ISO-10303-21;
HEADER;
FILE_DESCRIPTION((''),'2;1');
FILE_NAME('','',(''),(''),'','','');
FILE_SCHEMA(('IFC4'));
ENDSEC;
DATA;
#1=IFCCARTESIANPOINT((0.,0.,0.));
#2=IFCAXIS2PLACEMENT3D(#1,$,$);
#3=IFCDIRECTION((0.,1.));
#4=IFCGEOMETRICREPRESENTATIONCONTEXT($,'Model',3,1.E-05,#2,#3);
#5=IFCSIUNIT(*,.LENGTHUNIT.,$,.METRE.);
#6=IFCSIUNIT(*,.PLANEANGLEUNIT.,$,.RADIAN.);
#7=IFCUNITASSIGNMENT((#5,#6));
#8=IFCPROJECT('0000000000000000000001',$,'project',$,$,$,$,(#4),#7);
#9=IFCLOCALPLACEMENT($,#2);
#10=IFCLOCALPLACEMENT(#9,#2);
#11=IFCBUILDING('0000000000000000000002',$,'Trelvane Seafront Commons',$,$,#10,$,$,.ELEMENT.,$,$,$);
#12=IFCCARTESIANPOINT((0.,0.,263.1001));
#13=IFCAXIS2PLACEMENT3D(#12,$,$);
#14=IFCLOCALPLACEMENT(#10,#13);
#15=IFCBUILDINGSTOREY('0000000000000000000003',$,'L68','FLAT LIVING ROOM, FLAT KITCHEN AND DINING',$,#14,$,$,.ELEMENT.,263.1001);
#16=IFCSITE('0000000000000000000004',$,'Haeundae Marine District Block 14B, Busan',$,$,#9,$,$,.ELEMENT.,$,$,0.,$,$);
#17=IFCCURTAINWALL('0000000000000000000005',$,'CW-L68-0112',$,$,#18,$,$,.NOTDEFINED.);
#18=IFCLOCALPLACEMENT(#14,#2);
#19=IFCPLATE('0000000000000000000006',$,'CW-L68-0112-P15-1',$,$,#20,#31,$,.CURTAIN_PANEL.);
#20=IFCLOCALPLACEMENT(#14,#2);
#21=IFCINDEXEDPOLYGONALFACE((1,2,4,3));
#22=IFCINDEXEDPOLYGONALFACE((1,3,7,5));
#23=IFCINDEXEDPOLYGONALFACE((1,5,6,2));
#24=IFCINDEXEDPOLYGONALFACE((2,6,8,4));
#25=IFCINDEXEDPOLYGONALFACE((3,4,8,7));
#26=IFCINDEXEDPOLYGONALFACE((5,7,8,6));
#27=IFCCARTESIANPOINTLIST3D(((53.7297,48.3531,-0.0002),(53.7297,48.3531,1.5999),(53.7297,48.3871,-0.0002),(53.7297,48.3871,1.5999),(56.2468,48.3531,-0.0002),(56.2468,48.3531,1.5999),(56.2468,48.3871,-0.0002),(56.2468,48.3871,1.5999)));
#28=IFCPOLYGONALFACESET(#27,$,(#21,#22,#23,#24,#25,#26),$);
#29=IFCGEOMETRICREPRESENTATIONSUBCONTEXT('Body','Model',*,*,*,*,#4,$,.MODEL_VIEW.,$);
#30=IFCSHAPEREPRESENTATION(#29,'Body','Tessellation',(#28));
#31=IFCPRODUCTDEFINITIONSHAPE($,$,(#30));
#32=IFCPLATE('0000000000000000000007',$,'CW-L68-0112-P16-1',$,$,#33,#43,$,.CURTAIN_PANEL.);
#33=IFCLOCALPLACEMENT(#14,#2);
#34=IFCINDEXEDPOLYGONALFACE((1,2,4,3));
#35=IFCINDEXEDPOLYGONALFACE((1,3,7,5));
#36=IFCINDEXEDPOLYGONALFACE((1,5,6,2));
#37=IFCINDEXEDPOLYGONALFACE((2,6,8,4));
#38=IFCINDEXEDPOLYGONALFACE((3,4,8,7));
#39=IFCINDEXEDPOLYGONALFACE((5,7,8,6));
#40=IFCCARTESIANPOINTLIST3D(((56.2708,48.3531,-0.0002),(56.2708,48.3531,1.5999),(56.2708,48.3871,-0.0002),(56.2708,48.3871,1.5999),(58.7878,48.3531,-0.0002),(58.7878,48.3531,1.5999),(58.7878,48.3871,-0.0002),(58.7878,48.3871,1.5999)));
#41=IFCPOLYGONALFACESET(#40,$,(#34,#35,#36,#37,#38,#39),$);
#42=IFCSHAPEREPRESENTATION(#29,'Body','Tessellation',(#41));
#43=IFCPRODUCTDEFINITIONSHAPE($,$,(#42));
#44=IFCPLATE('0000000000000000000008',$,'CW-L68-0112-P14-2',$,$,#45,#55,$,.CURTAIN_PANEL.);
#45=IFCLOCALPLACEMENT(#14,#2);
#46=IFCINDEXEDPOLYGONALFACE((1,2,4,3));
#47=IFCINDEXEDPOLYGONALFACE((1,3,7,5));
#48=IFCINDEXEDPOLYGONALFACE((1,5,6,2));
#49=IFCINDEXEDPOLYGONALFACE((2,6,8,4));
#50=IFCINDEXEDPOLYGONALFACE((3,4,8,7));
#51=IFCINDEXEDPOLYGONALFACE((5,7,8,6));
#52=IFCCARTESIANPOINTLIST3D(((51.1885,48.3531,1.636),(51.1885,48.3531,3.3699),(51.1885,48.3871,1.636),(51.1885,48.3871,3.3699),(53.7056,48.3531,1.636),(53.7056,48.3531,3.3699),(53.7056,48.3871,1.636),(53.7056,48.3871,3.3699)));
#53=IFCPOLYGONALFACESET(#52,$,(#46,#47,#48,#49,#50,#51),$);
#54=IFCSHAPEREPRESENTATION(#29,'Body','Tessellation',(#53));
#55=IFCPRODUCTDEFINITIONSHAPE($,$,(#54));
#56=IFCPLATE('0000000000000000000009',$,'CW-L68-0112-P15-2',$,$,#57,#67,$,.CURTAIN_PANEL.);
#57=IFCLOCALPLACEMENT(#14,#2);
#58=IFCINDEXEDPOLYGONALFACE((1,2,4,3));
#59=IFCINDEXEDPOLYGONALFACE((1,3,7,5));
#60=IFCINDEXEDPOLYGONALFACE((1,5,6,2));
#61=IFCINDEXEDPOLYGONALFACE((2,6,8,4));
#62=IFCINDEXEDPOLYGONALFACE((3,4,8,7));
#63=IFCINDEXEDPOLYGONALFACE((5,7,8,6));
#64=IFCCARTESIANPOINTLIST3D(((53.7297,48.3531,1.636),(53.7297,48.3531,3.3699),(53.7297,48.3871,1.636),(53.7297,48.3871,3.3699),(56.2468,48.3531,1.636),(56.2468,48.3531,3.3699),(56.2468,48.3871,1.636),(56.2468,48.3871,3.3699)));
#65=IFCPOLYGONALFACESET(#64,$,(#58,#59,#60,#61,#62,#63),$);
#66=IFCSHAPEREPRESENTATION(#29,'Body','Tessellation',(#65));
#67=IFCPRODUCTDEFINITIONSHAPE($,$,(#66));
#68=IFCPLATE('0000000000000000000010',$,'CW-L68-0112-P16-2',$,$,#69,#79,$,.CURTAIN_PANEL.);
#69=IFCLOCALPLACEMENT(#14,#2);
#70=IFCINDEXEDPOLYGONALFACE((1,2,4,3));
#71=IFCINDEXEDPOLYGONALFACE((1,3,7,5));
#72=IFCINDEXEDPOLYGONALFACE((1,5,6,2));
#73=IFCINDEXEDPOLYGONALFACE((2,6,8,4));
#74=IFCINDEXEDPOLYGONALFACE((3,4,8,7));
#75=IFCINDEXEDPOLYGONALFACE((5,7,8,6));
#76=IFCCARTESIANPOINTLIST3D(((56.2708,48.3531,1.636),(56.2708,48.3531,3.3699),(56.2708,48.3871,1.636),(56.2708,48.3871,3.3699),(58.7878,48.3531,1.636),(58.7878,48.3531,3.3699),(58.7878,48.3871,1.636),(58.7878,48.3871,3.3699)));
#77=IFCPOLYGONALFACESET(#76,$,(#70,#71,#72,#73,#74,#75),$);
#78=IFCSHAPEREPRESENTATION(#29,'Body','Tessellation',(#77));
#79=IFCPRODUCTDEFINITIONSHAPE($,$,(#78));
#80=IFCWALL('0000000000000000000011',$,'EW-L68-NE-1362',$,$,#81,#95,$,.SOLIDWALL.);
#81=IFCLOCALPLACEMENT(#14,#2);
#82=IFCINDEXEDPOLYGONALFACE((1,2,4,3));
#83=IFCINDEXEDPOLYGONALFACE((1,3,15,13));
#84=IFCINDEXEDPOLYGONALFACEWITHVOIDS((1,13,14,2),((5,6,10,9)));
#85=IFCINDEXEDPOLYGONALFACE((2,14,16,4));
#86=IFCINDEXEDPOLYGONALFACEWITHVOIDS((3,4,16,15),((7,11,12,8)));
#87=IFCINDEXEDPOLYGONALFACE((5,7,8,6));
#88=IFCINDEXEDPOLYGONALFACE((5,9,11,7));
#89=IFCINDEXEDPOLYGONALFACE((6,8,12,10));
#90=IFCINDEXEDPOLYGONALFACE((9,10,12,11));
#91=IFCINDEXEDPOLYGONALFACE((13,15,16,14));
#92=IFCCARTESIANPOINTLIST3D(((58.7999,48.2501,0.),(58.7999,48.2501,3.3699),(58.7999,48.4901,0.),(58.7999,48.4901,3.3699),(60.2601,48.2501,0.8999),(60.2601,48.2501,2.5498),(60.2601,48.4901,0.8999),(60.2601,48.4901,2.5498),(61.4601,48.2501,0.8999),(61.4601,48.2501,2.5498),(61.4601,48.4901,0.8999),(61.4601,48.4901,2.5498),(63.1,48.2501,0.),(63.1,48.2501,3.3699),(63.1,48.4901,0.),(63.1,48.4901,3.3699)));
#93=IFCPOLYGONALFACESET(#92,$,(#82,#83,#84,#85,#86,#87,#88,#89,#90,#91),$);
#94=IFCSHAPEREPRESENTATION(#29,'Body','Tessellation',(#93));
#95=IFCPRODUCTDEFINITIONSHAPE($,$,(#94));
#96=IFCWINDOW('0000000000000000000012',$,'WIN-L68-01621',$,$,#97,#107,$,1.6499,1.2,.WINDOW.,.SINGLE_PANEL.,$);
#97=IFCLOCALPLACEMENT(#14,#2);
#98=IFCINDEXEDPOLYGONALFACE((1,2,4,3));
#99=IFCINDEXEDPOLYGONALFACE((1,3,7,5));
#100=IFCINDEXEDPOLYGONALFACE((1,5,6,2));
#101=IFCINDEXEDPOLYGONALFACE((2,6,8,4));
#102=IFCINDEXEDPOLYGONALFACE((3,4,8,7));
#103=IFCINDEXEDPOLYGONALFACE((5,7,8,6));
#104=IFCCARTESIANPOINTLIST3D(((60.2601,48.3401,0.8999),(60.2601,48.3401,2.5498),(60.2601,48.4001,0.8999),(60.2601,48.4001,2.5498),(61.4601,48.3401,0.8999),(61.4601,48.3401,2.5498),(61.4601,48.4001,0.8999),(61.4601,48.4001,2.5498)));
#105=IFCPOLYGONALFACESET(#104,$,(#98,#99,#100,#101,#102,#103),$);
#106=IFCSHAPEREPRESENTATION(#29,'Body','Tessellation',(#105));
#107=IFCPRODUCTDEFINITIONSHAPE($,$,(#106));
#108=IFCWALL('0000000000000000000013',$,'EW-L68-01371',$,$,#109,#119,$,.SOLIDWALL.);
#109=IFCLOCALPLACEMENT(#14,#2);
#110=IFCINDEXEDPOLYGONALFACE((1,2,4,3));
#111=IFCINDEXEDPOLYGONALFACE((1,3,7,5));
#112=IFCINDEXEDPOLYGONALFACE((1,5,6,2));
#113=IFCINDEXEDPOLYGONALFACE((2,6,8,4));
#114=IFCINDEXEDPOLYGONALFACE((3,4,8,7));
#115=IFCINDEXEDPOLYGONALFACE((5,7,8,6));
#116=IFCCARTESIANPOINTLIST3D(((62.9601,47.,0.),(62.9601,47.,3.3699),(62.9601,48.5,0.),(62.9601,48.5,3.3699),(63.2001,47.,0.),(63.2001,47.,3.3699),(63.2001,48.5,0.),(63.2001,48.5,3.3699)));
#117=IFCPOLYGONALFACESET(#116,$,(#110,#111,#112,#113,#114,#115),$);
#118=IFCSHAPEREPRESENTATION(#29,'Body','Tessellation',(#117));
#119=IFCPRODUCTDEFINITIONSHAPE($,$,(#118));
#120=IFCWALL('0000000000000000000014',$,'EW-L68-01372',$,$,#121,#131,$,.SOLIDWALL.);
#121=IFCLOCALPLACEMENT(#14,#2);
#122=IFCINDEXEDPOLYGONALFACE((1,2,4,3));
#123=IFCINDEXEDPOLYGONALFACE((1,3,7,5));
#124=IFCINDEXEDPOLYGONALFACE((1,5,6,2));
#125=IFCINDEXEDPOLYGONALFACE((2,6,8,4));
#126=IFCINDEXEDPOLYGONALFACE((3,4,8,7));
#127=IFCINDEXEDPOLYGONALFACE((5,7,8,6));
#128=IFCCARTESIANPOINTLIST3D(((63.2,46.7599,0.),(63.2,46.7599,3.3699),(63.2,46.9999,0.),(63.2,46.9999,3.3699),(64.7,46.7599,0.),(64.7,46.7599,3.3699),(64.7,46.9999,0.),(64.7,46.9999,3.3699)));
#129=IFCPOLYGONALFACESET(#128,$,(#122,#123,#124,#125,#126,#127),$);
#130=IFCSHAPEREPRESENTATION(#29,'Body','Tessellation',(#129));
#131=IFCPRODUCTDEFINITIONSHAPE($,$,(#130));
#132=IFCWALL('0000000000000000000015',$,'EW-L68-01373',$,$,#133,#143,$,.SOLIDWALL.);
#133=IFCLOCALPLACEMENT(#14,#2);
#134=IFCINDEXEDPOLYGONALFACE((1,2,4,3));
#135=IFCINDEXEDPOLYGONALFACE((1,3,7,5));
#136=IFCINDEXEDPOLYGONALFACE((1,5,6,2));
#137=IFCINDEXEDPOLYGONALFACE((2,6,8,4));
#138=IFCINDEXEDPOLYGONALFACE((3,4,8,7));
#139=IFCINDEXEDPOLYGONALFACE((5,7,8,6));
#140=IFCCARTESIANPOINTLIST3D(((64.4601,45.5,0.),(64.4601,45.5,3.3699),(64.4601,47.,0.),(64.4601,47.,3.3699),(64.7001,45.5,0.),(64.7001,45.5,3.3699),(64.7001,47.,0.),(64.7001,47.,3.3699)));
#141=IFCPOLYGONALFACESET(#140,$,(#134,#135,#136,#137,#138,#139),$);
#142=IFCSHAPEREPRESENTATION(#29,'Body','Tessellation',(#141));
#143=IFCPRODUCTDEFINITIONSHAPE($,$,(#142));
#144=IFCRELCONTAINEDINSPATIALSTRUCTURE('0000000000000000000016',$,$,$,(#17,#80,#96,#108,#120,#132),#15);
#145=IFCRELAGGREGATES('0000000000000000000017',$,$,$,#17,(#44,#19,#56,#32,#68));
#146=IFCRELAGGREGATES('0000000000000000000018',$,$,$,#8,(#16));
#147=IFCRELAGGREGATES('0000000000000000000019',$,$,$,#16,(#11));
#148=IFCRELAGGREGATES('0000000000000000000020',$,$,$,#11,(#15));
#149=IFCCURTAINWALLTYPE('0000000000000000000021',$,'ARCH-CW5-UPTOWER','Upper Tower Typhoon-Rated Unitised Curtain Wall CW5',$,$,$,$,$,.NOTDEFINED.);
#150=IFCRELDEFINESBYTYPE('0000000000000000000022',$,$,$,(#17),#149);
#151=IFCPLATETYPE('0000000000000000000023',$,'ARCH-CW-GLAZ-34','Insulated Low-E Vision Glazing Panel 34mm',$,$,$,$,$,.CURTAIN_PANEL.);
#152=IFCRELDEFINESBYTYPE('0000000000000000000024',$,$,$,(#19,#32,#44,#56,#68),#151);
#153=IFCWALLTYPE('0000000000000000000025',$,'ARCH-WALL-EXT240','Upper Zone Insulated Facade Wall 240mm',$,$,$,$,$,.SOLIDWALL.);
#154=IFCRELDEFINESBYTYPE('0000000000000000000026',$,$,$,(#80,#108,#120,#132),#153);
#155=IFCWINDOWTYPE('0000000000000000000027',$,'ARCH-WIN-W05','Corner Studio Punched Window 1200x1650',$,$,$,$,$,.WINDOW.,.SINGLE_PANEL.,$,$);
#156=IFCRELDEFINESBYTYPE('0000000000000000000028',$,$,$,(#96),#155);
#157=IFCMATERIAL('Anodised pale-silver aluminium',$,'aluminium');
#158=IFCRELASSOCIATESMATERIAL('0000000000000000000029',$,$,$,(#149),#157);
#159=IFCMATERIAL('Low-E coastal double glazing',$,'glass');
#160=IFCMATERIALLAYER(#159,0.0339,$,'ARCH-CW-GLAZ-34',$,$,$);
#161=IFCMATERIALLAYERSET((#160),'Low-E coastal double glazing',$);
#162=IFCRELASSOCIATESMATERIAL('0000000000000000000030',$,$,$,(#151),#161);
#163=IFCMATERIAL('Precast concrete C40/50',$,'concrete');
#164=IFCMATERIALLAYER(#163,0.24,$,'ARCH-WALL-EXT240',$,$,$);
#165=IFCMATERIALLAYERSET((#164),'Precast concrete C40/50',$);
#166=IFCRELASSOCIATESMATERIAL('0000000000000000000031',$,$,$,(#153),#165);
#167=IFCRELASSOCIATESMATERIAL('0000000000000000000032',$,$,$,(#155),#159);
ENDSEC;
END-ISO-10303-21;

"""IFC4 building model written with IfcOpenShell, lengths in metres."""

from ifc_helpers import new_model, si_unit, direction, frame, frame_2d, origin, origin_2d, place, context, subcontext, project, spatial, rectangle, extrude, source, transform, mapped, material, layer, layer_set, type_object, element, fill, aggregate, save


model = new_model("IFC4")

# Units and contexts
model_context = context("Model", 3, precision=1e-05, world=origin(), true_north=direction((0.0, 1.0)))
body_context = subcontext(model_context, "Body", "Model", "MODEL_VIEW")
ifc_project = project(units=[si_unit("LENGTHUNIT", "METRE"), si_unit("PLANEANGLEUNIT", "RADIAN")], contexts=[model_context])

# Site, building, storey
site_placement = place(None, origin())
site = spatial("IfcSite", under=ifc_project, at=site_placement, Name="Haeundae Marine District Block 14B, Busan", CompositionType="ELEMENT", RefElevation=0.0)
building_placement = place(site_placement, origin())
building = spatial("IfcBuilding", under=site, at=building_placement, Name="Trelvane Seafront Commons", CompositionType="ELEMENT")
storey_placement = place(building_placement, frame((0.0, 0.0, 263.1001)))
storey = spatial("IfcBuildingStorey", under=building, at=storey_placement, Name="L68", Description="FLAT LIVING ROOM, FLAT KITCHEN AND DINING", CompositionType="ELEMENT", Elevation=263.1001)

# Curtain wall
ifc_material_1 = material(Name="Anodised pale-silver aluminium", Category="aluminium")
curtain_wall_type = type_object("IfcCurtainWallType", Name="ARCH-CW5-UPTOWER", Description="Upper Tower Typhoon-Rated Unitised Curtain Wall CW5", PredefinedType="NOTDEFINED", material=ifc_material_1)
curtain_wall_placement = place(storey_placement, origin())
curtain_wall = element("IfcCurtainWall", 1, at=curtain_wall_placement, inside=storey, type_object=curtain_wall_type, Name="CW-L68-0112", PredefinedType="NOTDEFINED")

# Plates
ifc_material_2 = material(Name="Low-E coastal double glazing", Category="glass")
ifc_layer_1 = layer(ifc_material_2, 0.0339, Name="ARCH-CW-GLAZ-34")
ifc_layer_set_1 = layer_set([ifc_layer_1], Name="Low-E coastal double glazing")
plate_type_1 = type_object("IfcPlateType", Name="ARCH-CW-GLAZ-34", Description="Insulated Low-E Vision Glazing Panel 34mm", PredefinedType="CURTAIN_PANEL", material=ifc_layer_set_1)
shared_shape_1 = source(origin(), body_context, "Body", "SweptSolid", [
    extrude(rectangle(XDim=2.5171, YDim=0.0339, at=origin_2d()), origin(), (0.0, 0.0, 1.0), 1.6001),
])
plate_1_placement = place(storey_placement, frame((54.9883, 48.3701, -0.0002), z_axis=(0.0, 0.0, 1.0), x_axis=(1.0, 0.0, 0.0)))
plate_1 = element("IfcPlate", 2, at=plate_1_placement, type_object=plate_type_1, Name="CW-L68-0112-P15-1", PredefinedType="CURTAIN_PANEL", context=body_context, shape_type="MappedRepresentation", body=[
    mapped(shared_shape_1, transform((0.0, 0.0, 0.0), x_axis=(1.0, 0.0, 0.0), y_axis=(0.0, 1.0, 0.0), z_axis=(0.0, 0.0, 1.0), scale=1.0)),
])
plate_2_placement = place(storey_placement, frame((57.5293, 48.3701, -0.0002), z_axis=(0.0, 0.0, 1.0), x_axis=(1.0, 0.0, 0.0)))
plate_2 = element("IfcPlate", 3, at=plate_2_placement, type_object=plate_type_1, Name="CW-L68-0112-P16-1", PredefinedType="CURTAIN_PANEL", context=body_context, shape_type="MappedRepresentation", body=[
    mapped(shared_shape_1, transform((0.0, 0.0, 0.0), x_axis=(1.0, 0.0, 0.0), y_axis=(0.0, 1.0, 0.0), z_axis=(0.0, 0.0, 1.0), scale=1.0)),
])
shared_shape_2 = source(origin(), body_context, "Body", "SweptSolid", [
    extrude(rectangle(XDim=2.5171, YDim=0.0339, at=origin_2d()), origin(), (0.0, 0.0, 1.0), 1.7339),
])
plate_3_placement = place(storey_placement, frame((52.447, 48.3701, 1.636), z_axis=(0.0, 0.0, 1.0), x_axis=(1.0, 0.0, 0.0)))
plate_3 = element("IfcPlate", 4, at=plate_3_placement, type_object=plate_type_1, Name="CW-L68-0112-P14-2", PredefinedType="CURTAIN_PANEL", context=body_context, shape_type="MappedRepresentation", body=[
    mapped(shared_shape_2, transform((0.0, 0.0, 0.0), x_axis=(1.0, 0.0, 0.0), y_axis=(0.0, 1.0, 0.0), z_axis=(0.0, 0.0, 1.0), scale=1.0)),
])
plate_4_placement = place(storey_placement, frame((54.9883, 48.3701, 1.636), z_axis=(0.0, 0.0, 1.0), x_axis=(1.0, 0.0, 0.0)))
plate_4 = element("IfcPlate", 5, at=plate_4_placement, type_object=plate_type_1, Name="CW-L68-0112-P15-2", PredefinedType="CURTAIN_PANEL", context=body_context, shape_type="MappedRepresentation", body=[
    mapped(shared_shape_2, transform((0.0, 0.0, 0.0), x_axis=(1.0, 0.0, 0.0), y_axis=(0.0, 1.0, 0.0), z_axis=(0.0, 0.0, 1.0), scale=1.0)),
])
plate_5_placement = place(storey_placement, frame((57.5293, 48.3701, 1.636), z_axis=(0.0, 0.0, 1.0), x_axis=(1.0, 0.0, 0.0)))
plate_5 = element("IfcPlate", 6, at=plate_5_placement, type_object=plate_type_1, Name="CW-L68-0112-P16-2", PredefinedType="CURTAIN_PANEL", context=body_context, shape_type="MappedRepresentation", body=[
    mapped(shared_shape_2, transform((0.0, 0.0, 0.0), x_axis=(1.0, 0.0, 0.0), y_axis=(0.0, 1.0, 0.0), z_axis=(0.0, 0.0, 1.0), scale=1.0)),
])
aggregate(curtain_wall, [plate_3, plate_1, plate_4, plate_2, plate_5])

# Wall, opening, window
ifc_material_3 = material(Name="Precast concrete C40/50", Category="concrete")
ifc_layer_2 = layer(ifc_material_3, 0.24, Name="ARCH-WALL-EXT240")
ifc_layer_set_2 = layer_set([ifc_layer_2], Name="Precast concrete C40/50")
wall_type = type_object("IfcWallType", Name="ARCH-WALL-EXT240", Description="Upper Zone Insulated Facade Wall 240mm", PredefinedType="SOLIDWALL", material=ifc_layer_set_2)
wall_1_placement = place(storey_placement, frame((58.8, 48.3701, 0.0), z_axis=(0.0, 0.0, 1.0), x_axis=(1.0, 0.0, 0.0)))
wall_1 = element("IfcWall", 7, at=wall_1_placement, inside=storey, type_object=wall_type, Name="EW-L68-NE-1362", PredefinedType="SOLIDWALL", context=body_context, shape_type="SweptSolid", body=[
    extrude(rectangle(XDim=4.3, YDim=0.24, at=frame_2d((2.1499, 0.0))), origin(), (0.0, 0.0, 1.0), 3.3699),
])
opening_1_placement = place(wall_1_placement, frame((1.46, 0.0, 0.8999)))
opening_1 = element("IfcOpeningElement", 8, at=opening_1_placement, cuts=wall_1, PredefinedType="OPENING", context=body_context, shape_type="SweptSolid", body=[
    extrude(rectangle(XDim=1.2, YDim=1.6499, at=frame_2d((0.6001, 0.825))), frame((0.0, 0.1299, 0.0), z_axis=(0.0, -1.0, 0.0), x_axis=(1.0, 0.0, 0.0)), (0.0, 0.0, 1.0), 0.26),
])
window_type_1 = type_object("IfcWindowType", Name="ARCH-WIN-W05", Description="Corner Studio Punched Window 1200x1650", PartitioningType="SINGLE_PANEL", PredefinedType="WINDOW", material=ifc_material_2)
shared_shape_3 = source(origin(), body_context, "Body", "SweptSolid", [
    extrude(rectangle(XDim=1.2, YDim=1.6499, at=frame_2d((0.6001, 0.825))), frame((0.0, 0.03, 0.0), z_axis=(0.0, -1.0, 0.0), x_axis=(1.0, 0.0, 0.0)), (0.0, 0.0, 1.0), 0.0601),
])
window_1_placement = place(opening_1_placement, origin())
window_1 = element("IfcWindow", 9, at=window_1_placement, inside=storey, type_object=window_type_1, Name="WIN-L68-01621", OverallHeight=1.6499, OverallWidth=1.2, PartitioningType="SINGLE_PANEL", PredefinedType="WINDOW", context=body_context, shape_type="MappedRepresentation", body=[
    mapped(shared_shape_3, transform((0.0, 0.0, 0.0), x_axis=(1.0, 0.0, 0.0), y_axis=(0.0, 1.0, 0.0), z_axis=(0.0, 0.0, 1.0), scale=1.0)),
])
fill(opening_1, window_1)

# Walls
for number, where, z_axis, x_axis, name in (
    (10, (63.0801, 48.5, 0.0), (0.0, 0.0, 1.0), (0.0, -1.0, 0.0), "EW-L68-01371"),
    (11, (63.2, 46.8799, 0.0), (0.0, 0.0, 1.0), (1.0, 0.0, 0.0), "EW-L68-01372"),
    (12, (64.5801, 47.0, 0.0), (0.0, 0.0, 1.0), (0.0, -1.0, 0.0), "EW-L68-01373"),
):
    element("IfcWall", number, at=place(storey_placement, frame(where, z_axis=z_axis, x_axis=x_axis)), inside=storey, type_object=wall_type, Name=name, PredefinedType="SOLIDWALL", context=body_context, shape_type="SweptSolid", body=[
        extrude(rectangle(XDim=1.5, YDim=0.24, at=frame_2d((0.75, 0.0))), origin(), (0.0, 0.0, 1.0), 3.3699),
    ])

save(model, "model.ifc")
